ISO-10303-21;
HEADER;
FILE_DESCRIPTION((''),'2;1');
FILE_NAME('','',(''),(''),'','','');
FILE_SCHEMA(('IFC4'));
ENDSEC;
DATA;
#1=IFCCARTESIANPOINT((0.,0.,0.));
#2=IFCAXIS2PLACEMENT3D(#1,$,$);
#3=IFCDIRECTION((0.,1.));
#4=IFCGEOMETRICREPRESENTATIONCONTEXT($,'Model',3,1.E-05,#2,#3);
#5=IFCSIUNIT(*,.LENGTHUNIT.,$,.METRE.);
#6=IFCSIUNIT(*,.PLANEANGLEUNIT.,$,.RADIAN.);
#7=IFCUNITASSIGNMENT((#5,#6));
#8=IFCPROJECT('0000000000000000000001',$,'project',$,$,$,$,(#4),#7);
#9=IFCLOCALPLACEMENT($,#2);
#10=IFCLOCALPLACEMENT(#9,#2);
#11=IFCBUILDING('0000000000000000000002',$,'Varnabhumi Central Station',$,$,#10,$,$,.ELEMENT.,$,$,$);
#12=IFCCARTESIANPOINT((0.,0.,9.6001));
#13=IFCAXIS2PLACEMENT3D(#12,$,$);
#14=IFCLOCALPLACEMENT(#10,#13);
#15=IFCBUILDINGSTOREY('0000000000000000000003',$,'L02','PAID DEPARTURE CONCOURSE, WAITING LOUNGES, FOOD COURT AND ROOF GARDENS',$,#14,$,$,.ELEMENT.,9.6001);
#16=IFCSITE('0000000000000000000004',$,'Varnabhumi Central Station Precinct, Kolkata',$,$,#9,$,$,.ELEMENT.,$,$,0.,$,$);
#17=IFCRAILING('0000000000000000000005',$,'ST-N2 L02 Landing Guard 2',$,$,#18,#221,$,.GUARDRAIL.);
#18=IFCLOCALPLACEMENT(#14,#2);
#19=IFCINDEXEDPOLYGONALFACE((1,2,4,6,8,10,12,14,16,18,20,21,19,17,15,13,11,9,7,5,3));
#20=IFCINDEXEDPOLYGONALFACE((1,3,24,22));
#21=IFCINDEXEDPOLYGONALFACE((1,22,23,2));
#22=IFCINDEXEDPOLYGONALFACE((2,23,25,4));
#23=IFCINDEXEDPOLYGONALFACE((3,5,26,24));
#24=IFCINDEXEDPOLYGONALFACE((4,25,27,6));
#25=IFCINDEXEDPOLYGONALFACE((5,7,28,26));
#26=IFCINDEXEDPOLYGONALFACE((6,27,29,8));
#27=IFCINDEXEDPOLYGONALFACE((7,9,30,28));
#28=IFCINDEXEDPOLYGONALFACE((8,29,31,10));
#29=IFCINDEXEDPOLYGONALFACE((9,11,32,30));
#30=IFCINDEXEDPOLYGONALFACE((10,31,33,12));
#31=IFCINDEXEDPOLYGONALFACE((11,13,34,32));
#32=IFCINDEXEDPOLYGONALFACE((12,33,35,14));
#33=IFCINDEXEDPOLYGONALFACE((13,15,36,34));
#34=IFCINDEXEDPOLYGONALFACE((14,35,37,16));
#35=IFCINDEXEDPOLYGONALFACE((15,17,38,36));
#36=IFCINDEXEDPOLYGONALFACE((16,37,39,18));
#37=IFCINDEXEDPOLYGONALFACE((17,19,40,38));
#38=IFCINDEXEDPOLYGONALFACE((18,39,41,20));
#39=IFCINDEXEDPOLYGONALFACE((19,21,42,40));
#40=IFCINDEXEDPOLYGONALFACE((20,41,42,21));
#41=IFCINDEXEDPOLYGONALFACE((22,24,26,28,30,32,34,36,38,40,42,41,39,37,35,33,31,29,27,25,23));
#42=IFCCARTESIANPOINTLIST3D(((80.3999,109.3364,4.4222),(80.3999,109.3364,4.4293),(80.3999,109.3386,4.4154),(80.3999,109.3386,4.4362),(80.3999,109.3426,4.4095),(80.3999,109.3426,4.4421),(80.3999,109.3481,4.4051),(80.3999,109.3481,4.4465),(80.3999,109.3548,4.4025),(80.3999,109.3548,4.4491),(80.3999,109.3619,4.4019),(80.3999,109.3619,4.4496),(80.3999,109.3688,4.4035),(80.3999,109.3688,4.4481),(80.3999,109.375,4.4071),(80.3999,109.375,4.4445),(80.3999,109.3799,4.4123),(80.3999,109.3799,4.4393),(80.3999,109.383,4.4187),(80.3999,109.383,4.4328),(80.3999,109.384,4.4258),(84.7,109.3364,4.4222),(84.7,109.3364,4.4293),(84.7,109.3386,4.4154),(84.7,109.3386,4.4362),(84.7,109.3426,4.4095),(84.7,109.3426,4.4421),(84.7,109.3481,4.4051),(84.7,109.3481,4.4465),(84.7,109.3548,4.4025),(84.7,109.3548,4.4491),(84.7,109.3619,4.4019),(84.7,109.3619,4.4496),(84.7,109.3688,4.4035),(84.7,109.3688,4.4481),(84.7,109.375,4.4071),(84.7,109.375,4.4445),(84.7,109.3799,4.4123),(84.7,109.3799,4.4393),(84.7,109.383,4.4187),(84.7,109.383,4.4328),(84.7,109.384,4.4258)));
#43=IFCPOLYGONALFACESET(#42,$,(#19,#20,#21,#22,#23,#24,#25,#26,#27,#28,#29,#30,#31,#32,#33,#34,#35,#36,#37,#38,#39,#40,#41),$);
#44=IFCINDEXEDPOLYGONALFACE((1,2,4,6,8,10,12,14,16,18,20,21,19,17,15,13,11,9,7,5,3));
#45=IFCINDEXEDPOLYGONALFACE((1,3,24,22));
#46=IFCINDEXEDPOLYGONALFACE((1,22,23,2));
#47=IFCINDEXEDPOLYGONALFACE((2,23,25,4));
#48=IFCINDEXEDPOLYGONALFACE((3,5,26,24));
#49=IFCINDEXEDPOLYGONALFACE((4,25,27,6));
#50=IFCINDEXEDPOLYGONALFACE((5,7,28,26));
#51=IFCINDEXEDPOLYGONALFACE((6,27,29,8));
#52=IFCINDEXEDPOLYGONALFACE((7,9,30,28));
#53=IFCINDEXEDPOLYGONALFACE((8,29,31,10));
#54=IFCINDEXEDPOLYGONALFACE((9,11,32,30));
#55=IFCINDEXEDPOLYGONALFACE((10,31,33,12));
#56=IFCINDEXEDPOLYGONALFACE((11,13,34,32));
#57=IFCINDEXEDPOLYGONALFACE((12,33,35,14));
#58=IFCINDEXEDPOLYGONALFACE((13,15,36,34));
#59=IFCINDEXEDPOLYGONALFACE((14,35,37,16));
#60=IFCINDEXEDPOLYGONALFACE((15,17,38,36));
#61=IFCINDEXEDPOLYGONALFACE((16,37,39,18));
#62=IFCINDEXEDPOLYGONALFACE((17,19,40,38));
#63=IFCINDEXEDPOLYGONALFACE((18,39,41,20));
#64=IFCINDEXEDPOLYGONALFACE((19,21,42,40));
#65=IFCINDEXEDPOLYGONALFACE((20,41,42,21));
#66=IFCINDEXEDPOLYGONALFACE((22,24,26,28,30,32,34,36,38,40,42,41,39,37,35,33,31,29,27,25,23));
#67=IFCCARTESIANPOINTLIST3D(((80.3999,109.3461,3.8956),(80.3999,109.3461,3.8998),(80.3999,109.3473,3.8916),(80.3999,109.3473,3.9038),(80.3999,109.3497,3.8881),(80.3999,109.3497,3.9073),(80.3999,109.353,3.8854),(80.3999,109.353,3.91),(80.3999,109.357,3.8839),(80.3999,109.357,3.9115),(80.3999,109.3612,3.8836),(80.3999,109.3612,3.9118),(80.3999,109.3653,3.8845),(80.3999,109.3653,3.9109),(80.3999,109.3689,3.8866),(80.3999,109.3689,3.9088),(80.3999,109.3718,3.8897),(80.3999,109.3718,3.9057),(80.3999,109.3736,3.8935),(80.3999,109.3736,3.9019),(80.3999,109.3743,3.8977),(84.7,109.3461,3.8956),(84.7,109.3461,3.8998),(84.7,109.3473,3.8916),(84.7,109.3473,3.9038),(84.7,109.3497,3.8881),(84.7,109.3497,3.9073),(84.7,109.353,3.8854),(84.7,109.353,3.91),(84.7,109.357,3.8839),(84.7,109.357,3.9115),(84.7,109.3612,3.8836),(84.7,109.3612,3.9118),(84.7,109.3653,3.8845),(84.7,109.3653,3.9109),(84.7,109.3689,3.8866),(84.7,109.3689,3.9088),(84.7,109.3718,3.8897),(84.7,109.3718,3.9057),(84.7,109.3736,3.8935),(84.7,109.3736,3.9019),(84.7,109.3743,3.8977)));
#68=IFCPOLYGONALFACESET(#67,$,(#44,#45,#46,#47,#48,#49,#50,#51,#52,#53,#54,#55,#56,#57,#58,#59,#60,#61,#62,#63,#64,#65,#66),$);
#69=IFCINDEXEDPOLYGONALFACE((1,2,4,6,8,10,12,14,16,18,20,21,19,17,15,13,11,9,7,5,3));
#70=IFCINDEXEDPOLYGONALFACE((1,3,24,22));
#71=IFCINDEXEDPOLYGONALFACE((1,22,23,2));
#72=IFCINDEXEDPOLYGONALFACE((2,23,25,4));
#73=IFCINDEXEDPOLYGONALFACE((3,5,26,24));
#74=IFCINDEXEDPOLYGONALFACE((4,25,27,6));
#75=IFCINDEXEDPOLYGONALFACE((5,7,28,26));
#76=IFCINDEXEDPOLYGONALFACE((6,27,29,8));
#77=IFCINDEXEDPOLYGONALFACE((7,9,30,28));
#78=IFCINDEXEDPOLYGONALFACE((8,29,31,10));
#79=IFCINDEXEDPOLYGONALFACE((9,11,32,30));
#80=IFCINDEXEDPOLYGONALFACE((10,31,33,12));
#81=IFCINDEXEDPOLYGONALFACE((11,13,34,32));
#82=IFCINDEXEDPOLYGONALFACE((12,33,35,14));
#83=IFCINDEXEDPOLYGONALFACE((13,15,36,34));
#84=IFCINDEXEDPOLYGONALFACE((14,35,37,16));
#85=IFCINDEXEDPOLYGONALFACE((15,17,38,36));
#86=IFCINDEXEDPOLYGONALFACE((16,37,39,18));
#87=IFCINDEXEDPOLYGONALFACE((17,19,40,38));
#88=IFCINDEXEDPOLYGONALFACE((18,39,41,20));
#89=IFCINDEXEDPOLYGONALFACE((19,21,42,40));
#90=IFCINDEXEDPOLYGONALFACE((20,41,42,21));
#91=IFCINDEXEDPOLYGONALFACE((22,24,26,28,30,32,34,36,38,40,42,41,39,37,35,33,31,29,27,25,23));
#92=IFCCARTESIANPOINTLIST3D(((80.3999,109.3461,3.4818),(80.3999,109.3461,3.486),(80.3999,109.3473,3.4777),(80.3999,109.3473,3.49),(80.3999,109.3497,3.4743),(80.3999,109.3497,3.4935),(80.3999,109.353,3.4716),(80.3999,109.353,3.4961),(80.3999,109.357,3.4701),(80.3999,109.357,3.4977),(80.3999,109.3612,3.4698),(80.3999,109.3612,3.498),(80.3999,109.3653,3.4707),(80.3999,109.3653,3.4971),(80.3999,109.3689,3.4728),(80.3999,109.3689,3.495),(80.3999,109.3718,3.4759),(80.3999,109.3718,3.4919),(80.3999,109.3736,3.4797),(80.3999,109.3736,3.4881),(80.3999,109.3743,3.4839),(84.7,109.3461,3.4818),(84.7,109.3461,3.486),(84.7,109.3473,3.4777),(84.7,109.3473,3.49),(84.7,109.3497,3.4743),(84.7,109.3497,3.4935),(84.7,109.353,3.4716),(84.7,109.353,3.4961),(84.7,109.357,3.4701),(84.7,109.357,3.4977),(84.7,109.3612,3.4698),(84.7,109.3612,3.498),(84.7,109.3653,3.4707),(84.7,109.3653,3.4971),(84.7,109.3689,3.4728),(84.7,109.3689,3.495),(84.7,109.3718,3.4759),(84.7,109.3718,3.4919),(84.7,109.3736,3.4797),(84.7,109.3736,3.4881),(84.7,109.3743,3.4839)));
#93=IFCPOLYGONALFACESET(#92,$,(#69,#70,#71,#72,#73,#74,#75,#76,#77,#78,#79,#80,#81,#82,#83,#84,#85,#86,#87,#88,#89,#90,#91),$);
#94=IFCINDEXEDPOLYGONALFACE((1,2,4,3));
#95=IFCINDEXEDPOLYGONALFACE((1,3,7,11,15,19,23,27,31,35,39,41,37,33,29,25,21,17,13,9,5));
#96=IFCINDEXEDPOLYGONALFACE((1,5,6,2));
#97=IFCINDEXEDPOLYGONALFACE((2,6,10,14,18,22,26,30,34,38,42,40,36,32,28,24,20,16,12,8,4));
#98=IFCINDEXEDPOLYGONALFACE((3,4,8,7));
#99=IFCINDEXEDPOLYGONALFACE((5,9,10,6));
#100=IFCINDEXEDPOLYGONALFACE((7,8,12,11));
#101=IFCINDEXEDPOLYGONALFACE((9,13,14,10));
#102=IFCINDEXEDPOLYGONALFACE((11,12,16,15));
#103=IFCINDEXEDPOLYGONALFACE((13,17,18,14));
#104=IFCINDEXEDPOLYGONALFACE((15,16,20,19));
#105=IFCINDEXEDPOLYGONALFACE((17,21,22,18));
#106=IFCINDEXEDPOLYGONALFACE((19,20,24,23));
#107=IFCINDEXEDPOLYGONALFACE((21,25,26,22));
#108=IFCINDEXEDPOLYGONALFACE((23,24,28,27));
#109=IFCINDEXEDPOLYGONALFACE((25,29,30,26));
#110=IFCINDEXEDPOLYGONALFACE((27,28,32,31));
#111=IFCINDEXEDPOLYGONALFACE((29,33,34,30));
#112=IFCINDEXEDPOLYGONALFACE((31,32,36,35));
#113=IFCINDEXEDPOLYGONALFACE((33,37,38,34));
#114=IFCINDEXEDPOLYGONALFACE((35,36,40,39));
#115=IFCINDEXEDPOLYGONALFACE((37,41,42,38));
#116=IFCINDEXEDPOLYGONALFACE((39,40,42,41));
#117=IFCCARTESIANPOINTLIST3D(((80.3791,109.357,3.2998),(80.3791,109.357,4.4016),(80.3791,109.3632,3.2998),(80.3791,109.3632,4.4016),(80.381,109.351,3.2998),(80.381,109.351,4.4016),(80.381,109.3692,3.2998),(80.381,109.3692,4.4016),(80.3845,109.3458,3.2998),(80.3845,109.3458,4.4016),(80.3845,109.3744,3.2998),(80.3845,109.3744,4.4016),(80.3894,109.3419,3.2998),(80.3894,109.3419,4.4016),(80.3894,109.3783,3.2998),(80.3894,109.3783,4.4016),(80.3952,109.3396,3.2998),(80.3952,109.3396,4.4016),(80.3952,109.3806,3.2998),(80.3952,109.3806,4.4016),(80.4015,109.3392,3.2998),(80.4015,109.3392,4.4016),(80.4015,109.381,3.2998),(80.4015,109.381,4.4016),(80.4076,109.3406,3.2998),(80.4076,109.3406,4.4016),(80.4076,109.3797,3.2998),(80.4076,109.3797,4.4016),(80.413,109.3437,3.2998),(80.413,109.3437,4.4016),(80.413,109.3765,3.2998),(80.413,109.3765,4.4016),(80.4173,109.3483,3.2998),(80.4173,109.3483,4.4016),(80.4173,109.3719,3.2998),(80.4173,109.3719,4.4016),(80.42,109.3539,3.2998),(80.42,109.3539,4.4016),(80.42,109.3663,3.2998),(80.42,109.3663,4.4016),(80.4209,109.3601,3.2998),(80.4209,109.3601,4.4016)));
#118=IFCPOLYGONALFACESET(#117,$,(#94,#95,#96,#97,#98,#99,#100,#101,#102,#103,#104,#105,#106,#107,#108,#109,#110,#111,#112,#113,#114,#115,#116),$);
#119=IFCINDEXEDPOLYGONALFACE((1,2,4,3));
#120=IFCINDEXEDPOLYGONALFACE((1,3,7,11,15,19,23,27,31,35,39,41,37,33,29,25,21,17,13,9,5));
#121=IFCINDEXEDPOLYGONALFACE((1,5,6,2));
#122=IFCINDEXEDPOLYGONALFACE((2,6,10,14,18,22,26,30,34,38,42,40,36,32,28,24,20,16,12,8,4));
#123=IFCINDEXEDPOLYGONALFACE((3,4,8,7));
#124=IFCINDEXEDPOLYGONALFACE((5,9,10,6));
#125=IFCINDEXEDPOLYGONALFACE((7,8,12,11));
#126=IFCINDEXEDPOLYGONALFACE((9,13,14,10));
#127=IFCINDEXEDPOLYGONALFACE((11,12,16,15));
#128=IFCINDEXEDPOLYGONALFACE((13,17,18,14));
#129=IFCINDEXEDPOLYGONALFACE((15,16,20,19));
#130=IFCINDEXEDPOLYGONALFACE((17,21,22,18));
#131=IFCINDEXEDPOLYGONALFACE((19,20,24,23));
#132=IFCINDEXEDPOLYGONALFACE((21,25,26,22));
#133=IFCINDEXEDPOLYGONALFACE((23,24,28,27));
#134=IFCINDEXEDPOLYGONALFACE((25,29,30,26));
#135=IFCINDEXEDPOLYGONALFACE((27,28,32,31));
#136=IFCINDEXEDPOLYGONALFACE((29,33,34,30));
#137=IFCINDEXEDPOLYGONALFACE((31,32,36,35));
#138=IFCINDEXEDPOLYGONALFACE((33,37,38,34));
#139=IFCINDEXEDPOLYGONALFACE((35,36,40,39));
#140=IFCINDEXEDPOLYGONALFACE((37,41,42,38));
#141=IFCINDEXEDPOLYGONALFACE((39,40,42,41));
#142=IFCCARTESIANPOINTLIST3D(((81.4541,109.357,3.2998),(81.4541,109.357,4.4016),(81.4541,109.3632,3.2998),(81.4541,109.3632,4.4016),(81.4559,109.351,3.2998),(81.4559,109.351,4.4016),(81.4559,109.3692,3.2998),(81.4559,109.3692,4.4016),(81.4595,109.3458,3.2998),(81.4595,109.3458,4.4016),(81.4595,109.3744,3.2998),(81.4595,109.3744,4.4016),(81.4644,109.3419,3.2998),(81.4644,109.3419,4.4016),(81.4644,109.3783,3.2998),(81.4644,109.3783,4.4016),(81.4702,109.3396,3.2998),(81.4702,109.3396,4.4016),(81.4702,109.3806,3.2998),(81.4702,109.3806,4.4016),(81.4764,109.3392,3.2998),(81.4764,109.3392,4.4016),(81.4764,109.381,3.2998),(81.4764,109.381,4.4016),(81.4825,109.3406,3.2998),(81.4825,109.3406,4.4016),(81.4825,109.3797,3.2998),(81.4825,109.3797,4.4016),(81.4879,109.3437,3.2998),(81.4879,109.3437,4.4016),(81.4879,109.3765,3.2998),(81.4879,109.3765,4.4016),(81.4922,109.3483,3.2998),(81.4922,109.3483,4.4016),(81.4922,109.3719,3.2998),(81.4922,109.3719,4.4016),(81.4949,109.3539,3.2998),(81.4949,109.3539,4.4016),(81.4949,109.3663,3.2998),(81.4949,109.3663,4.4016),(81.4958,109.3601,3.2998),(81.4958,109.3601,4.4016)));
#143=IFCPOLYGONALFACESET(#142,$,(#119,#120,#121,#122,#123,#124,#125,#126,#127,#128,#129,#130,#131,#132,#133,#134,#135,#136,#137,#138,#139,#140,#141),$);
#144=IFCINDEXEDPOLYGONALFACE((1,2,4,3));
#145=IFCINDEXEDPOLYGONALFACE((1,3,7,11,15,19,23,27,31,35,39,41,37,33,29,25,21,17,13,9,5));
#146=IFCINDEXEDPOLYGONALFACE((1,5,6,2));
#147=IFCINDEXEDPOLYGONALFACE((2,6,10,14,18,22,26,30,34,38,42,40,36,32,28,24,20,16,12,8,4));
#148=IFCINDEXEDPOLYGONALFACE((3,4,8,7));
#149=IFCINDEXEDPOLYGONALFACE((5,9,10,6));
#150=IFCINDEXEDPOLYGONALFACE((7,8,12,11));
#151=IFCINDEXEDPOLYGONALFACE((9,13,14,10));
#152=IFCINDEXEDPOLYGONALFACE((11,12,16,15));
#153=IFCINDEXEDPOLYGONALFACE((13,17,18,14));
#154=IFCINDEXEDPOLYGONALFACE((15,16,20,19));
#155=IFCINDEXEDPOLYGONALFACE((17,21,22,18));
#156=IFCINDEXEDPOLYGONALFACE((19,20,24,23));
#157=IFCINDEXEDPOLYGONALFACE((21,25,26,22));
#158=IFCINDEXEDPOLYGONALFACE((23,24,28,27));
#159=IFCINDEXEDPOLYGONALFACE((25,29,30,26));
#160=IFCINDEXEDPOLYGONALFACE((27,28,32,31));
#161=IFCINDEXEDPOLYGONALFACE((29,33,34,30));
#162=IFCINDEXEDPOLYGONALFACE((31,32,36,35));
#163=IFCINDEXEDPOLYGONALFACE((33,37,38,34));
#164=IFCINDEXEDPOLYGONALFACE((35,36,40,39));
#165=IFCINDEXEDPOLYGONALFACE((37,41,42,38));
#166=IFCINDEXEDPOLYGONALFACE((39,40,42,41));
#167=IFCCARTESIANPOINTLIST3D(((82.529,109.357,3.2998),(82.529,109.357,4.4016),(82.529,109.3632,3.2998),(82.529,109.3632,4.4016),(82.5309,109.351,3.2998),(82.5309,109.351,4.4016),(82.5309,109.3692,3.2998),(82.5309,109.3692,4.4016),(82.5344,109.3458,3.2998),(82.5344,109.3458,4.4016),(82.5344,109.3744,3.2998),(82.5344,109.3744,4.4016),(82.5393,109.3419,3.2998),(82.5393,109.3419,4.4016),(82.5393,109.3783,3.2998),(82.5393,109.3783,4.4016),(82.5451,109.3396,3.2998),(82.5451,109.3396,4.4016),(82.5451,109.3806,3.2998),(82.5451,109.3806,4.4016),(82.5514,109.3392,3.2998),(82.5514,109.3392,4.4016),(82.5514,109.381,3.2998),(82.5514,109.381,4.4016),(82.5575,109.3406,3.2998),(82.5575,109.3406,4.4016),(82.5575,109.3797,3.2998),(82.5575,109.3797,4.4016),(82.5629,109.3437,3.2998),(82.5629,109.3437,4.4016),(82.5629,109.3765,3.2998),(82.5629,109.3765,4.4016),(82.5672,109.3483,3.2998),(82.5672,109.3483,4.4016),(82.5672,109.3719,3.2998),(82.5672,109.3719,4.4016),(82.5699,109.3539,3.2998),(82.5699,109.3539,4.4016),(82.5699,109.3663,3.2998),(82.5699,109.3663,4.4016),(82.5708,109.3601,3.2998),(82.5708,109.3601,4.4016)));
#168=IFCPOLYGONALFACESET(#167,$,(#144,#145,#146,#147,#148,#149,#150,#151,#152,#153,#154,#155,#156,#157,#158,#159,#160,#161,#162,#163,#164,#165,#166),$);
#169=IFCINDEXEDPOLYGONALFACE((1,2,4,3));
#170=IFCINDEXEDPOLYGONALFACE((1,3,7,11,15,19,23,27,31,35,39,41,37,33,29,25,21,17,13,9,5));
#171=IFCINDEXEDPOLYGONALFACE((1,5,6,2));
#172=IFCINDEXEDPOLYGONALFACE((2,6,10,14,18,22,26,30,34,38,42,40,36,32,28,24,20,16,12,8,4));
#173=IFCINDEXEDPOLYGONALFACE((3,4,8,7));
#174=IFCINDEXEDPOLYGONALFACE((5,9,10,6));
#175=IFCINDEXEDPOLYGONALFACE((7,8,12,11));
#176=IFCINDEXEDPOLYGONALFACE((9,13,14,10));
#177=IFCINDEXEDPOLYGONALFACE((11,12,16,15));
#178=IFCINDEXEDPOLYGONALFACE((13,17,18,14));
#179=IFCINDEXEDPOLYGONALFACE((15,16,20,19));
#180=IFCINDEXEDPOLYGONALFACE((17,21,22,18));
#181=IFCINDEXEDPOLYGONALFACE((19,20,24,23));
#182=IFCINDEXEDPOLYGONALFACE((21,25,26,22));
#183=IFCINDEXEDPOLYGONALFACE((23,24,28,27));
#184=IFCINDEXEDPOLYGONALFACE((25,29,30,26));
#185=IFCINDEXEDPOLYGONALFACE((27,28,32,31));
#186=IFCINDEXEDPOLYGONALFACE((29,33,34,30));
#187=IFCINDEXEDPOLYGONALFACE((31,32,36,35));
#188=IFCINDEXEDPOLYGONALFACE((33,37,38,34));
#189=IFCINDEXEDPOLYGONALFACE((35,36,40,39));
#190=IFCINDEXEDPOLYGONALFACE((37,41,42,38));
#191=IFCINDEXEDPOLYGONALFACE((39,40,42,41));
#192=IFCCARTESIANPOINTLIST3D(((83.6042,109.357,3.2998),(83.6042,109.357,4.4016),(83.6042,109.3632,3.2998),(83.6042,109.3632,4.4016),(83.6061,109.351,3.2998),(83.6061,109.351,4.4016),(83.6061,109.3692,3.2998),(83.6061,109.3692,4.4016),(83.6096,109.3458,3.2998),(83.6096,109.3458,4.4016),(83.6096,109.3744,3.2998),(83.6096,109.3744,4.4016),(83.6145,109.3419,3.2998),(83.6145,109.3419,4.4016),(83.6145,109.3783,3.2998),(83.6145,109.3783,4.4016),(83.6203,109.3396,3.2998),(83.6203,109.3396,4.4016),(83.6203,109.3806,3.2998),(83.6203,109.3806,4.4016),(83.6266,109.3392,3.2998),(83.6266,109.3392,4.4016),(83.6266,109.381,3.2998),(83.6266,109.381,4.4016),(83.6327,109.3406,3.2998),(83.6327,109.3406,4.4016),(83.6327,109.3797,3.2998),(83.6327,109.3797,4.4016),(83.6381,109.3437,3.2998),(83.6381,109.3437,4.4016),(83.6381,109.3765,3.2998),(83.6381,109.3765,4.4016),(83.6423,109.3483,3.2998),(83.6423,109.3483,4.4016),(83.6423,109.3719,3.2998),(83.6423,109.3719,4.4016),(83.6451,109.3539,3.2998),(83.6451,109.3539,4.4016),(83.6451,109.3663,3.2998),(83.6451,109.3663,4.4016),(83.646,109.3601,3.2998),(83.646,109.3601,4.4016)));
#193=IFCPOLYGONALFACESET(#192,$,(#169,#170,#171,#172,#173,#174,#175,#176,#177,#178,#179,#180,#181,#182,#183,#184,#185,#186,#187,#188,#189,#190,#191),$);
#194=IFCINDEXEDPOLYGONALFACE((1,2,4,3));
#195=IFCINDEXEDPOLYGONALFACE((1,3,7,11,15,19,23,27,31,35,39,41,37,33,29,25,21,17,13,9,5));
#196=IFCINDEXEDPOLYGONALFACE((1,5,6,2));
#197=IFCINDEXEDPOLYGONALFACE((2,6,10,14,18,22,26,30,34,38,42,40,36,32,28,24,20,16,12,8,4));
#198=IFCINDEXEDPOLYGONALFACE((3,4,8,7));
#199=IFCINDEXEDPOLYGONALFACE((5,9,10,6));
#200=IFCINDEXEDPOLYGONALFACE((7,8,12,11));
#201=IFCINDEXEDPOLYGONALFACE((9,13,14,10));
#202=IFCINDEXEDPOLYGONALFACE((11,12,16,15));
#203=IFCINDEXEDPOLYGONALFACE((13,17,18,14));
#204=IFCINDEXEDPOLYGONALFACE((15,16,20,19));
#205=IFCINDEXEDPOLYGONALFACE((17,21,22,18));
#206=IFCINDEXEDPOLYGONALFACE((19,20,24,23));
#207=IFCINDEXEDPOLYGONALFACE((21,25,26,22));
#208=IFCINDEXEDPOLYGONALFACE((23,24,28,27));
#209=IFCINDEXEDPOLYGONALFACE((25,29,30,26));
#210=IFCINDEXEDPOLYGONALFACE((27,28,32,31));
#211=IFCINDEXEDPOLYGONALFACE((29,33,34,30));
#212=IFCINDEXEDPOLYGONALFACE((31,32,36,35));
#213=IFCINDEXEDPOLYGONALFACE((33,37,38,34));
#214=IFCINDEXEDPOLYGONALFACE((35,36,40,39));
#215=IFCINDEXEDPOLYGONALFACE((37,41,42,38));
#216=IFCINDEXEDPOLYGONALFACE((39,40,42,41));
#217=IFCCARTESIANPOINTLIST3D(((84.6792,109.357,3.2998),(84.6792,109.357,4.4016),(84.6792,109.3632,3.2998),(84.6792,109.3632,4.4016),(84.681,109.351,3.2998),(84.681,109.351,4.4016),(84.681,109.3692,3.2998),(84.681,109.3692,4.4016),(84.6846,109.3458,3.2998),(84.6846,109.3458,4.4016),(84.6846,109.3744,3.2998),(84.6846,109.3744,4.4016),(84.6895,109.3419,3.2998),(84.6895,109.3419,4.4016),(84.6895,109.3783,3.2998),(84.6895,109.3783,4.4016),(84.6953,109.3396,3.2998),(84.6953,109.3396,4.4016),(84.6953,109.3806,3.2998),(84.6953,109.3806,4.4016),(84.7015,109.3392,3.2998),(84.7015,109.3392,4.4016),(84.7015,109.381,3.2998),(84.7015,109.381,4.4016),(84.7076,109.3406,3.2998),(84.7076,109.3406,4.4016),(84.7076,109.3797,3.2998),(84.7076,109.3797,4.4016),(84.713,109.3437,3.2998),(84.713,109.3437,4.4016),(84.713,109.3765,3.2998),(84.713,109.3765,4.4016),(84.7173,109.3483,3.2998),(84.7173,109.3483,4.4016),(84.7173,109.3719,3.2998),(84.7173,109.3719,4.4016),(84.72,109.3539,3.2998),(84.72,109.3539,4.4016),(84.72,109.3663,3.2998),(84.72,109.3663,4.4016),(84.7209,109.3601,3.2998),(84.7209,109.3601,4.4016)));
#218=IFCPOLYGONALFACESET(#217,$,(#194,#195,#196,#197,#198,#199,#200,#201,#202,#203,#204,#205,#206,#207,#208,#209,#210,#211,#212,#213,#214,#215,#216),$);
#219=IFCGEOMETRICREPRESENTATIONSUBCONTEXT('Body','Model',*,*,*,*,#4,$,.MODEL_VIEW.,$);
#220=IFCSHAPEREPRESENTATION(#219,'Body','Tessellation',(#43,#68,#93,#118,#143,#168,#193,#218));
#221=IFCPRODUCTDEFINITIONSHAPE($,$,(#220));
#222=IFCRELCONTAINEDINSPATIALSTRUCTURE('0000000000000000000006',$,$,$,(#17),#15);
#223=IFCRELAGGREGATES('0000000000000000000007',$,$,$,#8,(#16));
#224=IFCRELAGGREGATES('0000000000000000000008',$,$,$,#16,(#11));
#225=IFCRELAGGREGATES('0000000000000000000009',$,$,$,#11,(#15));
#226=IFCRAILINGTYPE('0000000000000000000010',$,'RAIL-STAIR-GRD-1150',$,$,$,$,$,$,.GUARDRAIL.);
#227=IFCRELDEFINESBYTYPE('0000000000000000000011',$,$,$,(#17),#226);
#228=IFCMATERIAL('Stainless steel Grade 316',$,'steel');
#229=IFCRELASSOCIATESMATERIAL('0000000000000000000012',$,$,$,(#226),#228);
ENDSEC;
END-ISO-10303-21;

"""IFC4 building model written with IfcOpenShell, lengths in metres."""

from ifc_helpers import new_model, si_unit, direction, frame, origin, origin_2d, place, context, subcontext, project, spatial, circle, extrude, material, type_object, element, save


model = new_model("IFC4")

# Units and contexts
model_context = context("Model", 3, precision=1e-05, world=origin(), true_north=direction((0.0, 1.0)))
body_context = subcontext(model_context, "Body", "Model", "MODEL_VIEW")
ifc_project = project(units=[si_unit("LENGTHUNIT", "METRE"), si_unit("PLANEANGLEUNIT", "RADIAN")], contexts=[model_context])

# Site, building, storey
site_placement = place(None, origin())
site = spatial("IfcSite", under=ifc_project, at=site_placement, Name="Varnabhumi Central Station Precinct, Kolkata", CompositionType="ELEMENT", RefElevation=0.0)
building_placement = place(site_placement, origin())
building = spatial("IfcBuilding", under=site, at=building_placement, Name="Varnabhumi Central Station", CompositionType="ELEMENT")
storey_placement = place(building_placement, frame((0.0, 0.0, 9.6001)))
storey = spatial("IfcBuildingStorey", under=building, at=storey_placement, Name="L02", Description="PAID DEPARTURE CONCOURSE, WAITING LOUNGES, FOOD COURT AND ROOF GARDENS", CompositionType="ELEMENT", Elevation=9.6001)

# Railing
ifc_material_1 = material(Name="Stainless steel Grade 316", Category="steel")
railing_type = type_object("IfcRailingType", Name="RAIL-STAIR-GRD-1150", PredefinedType="GUARDRAIL", material=ifc_material_1)
railing_placement = place(storey_placement, frame((80.3999, 109.3601, 3.2998)))
element("IfcRailing", 1, at=railing_placement, inside=storey, type_object=railing_type, Name="ST-N2 L02 Landing Guard 2", PredefinedType="GUARDRAIL", context=body_context, shape_type="SweptSolid", body=[
    extrude(circle(Radius=0.0239, at=origin_2d()), frame((0.0, 0.0, 1.126), z_axis=(1.0, 0.0, 0.0), x_axis=(0.0, 1.0, 0.0)), (0.0, 0.0, 1.0), 4.3),
    extrude(circle(Radius=0.0142, at=origin_2d()), frame((0.0, 0.0, 0.5979), z_axis=(1.0, 0.0, 0.0), x_axis=(0.0, 1.0, 0.0)), (0.0, 0.0, 1.0), 4.3),
    extrude(circle(Radius=0.0142, at=origin_2d()), frame((0.0, 0.0, 0.1841), z_axis=(1.0, 0.0, 0.0), x_axis=(0.0, 1.0, 0.0)), (0.0, 0.0, 1.0), 4.3),
    extrude(circle(Radius=0.021, at=origin_2d()), origin(), (0.0, 0.0, 1.0), 1.1018),
    extrude(circle(Radius=0.021, at=origin_2d()), frame((1.075, 0.0, 0.0)), (0.0, 0.0, 1.0), 1.1018),
    extrude(circle(Radius=0.021, at=origin_2d()), frame((2.1499, 0.0, 0.0)), (0.0, 0.0, 1.0), 1.1018),
    extrude(circle(Radius=0.021, at=origin_2d()), frame((3.2251, 0.0, 0.0)), (0.0, 0.0, 1.0), 1.1018),
    extrude(circle(Radius=0.021, at=origin_2d()), frame((4.3, 0.0, 0.0)), (0.0, 0.0, 1.0), 1.1018),
])

save(model, "model.ifc")
